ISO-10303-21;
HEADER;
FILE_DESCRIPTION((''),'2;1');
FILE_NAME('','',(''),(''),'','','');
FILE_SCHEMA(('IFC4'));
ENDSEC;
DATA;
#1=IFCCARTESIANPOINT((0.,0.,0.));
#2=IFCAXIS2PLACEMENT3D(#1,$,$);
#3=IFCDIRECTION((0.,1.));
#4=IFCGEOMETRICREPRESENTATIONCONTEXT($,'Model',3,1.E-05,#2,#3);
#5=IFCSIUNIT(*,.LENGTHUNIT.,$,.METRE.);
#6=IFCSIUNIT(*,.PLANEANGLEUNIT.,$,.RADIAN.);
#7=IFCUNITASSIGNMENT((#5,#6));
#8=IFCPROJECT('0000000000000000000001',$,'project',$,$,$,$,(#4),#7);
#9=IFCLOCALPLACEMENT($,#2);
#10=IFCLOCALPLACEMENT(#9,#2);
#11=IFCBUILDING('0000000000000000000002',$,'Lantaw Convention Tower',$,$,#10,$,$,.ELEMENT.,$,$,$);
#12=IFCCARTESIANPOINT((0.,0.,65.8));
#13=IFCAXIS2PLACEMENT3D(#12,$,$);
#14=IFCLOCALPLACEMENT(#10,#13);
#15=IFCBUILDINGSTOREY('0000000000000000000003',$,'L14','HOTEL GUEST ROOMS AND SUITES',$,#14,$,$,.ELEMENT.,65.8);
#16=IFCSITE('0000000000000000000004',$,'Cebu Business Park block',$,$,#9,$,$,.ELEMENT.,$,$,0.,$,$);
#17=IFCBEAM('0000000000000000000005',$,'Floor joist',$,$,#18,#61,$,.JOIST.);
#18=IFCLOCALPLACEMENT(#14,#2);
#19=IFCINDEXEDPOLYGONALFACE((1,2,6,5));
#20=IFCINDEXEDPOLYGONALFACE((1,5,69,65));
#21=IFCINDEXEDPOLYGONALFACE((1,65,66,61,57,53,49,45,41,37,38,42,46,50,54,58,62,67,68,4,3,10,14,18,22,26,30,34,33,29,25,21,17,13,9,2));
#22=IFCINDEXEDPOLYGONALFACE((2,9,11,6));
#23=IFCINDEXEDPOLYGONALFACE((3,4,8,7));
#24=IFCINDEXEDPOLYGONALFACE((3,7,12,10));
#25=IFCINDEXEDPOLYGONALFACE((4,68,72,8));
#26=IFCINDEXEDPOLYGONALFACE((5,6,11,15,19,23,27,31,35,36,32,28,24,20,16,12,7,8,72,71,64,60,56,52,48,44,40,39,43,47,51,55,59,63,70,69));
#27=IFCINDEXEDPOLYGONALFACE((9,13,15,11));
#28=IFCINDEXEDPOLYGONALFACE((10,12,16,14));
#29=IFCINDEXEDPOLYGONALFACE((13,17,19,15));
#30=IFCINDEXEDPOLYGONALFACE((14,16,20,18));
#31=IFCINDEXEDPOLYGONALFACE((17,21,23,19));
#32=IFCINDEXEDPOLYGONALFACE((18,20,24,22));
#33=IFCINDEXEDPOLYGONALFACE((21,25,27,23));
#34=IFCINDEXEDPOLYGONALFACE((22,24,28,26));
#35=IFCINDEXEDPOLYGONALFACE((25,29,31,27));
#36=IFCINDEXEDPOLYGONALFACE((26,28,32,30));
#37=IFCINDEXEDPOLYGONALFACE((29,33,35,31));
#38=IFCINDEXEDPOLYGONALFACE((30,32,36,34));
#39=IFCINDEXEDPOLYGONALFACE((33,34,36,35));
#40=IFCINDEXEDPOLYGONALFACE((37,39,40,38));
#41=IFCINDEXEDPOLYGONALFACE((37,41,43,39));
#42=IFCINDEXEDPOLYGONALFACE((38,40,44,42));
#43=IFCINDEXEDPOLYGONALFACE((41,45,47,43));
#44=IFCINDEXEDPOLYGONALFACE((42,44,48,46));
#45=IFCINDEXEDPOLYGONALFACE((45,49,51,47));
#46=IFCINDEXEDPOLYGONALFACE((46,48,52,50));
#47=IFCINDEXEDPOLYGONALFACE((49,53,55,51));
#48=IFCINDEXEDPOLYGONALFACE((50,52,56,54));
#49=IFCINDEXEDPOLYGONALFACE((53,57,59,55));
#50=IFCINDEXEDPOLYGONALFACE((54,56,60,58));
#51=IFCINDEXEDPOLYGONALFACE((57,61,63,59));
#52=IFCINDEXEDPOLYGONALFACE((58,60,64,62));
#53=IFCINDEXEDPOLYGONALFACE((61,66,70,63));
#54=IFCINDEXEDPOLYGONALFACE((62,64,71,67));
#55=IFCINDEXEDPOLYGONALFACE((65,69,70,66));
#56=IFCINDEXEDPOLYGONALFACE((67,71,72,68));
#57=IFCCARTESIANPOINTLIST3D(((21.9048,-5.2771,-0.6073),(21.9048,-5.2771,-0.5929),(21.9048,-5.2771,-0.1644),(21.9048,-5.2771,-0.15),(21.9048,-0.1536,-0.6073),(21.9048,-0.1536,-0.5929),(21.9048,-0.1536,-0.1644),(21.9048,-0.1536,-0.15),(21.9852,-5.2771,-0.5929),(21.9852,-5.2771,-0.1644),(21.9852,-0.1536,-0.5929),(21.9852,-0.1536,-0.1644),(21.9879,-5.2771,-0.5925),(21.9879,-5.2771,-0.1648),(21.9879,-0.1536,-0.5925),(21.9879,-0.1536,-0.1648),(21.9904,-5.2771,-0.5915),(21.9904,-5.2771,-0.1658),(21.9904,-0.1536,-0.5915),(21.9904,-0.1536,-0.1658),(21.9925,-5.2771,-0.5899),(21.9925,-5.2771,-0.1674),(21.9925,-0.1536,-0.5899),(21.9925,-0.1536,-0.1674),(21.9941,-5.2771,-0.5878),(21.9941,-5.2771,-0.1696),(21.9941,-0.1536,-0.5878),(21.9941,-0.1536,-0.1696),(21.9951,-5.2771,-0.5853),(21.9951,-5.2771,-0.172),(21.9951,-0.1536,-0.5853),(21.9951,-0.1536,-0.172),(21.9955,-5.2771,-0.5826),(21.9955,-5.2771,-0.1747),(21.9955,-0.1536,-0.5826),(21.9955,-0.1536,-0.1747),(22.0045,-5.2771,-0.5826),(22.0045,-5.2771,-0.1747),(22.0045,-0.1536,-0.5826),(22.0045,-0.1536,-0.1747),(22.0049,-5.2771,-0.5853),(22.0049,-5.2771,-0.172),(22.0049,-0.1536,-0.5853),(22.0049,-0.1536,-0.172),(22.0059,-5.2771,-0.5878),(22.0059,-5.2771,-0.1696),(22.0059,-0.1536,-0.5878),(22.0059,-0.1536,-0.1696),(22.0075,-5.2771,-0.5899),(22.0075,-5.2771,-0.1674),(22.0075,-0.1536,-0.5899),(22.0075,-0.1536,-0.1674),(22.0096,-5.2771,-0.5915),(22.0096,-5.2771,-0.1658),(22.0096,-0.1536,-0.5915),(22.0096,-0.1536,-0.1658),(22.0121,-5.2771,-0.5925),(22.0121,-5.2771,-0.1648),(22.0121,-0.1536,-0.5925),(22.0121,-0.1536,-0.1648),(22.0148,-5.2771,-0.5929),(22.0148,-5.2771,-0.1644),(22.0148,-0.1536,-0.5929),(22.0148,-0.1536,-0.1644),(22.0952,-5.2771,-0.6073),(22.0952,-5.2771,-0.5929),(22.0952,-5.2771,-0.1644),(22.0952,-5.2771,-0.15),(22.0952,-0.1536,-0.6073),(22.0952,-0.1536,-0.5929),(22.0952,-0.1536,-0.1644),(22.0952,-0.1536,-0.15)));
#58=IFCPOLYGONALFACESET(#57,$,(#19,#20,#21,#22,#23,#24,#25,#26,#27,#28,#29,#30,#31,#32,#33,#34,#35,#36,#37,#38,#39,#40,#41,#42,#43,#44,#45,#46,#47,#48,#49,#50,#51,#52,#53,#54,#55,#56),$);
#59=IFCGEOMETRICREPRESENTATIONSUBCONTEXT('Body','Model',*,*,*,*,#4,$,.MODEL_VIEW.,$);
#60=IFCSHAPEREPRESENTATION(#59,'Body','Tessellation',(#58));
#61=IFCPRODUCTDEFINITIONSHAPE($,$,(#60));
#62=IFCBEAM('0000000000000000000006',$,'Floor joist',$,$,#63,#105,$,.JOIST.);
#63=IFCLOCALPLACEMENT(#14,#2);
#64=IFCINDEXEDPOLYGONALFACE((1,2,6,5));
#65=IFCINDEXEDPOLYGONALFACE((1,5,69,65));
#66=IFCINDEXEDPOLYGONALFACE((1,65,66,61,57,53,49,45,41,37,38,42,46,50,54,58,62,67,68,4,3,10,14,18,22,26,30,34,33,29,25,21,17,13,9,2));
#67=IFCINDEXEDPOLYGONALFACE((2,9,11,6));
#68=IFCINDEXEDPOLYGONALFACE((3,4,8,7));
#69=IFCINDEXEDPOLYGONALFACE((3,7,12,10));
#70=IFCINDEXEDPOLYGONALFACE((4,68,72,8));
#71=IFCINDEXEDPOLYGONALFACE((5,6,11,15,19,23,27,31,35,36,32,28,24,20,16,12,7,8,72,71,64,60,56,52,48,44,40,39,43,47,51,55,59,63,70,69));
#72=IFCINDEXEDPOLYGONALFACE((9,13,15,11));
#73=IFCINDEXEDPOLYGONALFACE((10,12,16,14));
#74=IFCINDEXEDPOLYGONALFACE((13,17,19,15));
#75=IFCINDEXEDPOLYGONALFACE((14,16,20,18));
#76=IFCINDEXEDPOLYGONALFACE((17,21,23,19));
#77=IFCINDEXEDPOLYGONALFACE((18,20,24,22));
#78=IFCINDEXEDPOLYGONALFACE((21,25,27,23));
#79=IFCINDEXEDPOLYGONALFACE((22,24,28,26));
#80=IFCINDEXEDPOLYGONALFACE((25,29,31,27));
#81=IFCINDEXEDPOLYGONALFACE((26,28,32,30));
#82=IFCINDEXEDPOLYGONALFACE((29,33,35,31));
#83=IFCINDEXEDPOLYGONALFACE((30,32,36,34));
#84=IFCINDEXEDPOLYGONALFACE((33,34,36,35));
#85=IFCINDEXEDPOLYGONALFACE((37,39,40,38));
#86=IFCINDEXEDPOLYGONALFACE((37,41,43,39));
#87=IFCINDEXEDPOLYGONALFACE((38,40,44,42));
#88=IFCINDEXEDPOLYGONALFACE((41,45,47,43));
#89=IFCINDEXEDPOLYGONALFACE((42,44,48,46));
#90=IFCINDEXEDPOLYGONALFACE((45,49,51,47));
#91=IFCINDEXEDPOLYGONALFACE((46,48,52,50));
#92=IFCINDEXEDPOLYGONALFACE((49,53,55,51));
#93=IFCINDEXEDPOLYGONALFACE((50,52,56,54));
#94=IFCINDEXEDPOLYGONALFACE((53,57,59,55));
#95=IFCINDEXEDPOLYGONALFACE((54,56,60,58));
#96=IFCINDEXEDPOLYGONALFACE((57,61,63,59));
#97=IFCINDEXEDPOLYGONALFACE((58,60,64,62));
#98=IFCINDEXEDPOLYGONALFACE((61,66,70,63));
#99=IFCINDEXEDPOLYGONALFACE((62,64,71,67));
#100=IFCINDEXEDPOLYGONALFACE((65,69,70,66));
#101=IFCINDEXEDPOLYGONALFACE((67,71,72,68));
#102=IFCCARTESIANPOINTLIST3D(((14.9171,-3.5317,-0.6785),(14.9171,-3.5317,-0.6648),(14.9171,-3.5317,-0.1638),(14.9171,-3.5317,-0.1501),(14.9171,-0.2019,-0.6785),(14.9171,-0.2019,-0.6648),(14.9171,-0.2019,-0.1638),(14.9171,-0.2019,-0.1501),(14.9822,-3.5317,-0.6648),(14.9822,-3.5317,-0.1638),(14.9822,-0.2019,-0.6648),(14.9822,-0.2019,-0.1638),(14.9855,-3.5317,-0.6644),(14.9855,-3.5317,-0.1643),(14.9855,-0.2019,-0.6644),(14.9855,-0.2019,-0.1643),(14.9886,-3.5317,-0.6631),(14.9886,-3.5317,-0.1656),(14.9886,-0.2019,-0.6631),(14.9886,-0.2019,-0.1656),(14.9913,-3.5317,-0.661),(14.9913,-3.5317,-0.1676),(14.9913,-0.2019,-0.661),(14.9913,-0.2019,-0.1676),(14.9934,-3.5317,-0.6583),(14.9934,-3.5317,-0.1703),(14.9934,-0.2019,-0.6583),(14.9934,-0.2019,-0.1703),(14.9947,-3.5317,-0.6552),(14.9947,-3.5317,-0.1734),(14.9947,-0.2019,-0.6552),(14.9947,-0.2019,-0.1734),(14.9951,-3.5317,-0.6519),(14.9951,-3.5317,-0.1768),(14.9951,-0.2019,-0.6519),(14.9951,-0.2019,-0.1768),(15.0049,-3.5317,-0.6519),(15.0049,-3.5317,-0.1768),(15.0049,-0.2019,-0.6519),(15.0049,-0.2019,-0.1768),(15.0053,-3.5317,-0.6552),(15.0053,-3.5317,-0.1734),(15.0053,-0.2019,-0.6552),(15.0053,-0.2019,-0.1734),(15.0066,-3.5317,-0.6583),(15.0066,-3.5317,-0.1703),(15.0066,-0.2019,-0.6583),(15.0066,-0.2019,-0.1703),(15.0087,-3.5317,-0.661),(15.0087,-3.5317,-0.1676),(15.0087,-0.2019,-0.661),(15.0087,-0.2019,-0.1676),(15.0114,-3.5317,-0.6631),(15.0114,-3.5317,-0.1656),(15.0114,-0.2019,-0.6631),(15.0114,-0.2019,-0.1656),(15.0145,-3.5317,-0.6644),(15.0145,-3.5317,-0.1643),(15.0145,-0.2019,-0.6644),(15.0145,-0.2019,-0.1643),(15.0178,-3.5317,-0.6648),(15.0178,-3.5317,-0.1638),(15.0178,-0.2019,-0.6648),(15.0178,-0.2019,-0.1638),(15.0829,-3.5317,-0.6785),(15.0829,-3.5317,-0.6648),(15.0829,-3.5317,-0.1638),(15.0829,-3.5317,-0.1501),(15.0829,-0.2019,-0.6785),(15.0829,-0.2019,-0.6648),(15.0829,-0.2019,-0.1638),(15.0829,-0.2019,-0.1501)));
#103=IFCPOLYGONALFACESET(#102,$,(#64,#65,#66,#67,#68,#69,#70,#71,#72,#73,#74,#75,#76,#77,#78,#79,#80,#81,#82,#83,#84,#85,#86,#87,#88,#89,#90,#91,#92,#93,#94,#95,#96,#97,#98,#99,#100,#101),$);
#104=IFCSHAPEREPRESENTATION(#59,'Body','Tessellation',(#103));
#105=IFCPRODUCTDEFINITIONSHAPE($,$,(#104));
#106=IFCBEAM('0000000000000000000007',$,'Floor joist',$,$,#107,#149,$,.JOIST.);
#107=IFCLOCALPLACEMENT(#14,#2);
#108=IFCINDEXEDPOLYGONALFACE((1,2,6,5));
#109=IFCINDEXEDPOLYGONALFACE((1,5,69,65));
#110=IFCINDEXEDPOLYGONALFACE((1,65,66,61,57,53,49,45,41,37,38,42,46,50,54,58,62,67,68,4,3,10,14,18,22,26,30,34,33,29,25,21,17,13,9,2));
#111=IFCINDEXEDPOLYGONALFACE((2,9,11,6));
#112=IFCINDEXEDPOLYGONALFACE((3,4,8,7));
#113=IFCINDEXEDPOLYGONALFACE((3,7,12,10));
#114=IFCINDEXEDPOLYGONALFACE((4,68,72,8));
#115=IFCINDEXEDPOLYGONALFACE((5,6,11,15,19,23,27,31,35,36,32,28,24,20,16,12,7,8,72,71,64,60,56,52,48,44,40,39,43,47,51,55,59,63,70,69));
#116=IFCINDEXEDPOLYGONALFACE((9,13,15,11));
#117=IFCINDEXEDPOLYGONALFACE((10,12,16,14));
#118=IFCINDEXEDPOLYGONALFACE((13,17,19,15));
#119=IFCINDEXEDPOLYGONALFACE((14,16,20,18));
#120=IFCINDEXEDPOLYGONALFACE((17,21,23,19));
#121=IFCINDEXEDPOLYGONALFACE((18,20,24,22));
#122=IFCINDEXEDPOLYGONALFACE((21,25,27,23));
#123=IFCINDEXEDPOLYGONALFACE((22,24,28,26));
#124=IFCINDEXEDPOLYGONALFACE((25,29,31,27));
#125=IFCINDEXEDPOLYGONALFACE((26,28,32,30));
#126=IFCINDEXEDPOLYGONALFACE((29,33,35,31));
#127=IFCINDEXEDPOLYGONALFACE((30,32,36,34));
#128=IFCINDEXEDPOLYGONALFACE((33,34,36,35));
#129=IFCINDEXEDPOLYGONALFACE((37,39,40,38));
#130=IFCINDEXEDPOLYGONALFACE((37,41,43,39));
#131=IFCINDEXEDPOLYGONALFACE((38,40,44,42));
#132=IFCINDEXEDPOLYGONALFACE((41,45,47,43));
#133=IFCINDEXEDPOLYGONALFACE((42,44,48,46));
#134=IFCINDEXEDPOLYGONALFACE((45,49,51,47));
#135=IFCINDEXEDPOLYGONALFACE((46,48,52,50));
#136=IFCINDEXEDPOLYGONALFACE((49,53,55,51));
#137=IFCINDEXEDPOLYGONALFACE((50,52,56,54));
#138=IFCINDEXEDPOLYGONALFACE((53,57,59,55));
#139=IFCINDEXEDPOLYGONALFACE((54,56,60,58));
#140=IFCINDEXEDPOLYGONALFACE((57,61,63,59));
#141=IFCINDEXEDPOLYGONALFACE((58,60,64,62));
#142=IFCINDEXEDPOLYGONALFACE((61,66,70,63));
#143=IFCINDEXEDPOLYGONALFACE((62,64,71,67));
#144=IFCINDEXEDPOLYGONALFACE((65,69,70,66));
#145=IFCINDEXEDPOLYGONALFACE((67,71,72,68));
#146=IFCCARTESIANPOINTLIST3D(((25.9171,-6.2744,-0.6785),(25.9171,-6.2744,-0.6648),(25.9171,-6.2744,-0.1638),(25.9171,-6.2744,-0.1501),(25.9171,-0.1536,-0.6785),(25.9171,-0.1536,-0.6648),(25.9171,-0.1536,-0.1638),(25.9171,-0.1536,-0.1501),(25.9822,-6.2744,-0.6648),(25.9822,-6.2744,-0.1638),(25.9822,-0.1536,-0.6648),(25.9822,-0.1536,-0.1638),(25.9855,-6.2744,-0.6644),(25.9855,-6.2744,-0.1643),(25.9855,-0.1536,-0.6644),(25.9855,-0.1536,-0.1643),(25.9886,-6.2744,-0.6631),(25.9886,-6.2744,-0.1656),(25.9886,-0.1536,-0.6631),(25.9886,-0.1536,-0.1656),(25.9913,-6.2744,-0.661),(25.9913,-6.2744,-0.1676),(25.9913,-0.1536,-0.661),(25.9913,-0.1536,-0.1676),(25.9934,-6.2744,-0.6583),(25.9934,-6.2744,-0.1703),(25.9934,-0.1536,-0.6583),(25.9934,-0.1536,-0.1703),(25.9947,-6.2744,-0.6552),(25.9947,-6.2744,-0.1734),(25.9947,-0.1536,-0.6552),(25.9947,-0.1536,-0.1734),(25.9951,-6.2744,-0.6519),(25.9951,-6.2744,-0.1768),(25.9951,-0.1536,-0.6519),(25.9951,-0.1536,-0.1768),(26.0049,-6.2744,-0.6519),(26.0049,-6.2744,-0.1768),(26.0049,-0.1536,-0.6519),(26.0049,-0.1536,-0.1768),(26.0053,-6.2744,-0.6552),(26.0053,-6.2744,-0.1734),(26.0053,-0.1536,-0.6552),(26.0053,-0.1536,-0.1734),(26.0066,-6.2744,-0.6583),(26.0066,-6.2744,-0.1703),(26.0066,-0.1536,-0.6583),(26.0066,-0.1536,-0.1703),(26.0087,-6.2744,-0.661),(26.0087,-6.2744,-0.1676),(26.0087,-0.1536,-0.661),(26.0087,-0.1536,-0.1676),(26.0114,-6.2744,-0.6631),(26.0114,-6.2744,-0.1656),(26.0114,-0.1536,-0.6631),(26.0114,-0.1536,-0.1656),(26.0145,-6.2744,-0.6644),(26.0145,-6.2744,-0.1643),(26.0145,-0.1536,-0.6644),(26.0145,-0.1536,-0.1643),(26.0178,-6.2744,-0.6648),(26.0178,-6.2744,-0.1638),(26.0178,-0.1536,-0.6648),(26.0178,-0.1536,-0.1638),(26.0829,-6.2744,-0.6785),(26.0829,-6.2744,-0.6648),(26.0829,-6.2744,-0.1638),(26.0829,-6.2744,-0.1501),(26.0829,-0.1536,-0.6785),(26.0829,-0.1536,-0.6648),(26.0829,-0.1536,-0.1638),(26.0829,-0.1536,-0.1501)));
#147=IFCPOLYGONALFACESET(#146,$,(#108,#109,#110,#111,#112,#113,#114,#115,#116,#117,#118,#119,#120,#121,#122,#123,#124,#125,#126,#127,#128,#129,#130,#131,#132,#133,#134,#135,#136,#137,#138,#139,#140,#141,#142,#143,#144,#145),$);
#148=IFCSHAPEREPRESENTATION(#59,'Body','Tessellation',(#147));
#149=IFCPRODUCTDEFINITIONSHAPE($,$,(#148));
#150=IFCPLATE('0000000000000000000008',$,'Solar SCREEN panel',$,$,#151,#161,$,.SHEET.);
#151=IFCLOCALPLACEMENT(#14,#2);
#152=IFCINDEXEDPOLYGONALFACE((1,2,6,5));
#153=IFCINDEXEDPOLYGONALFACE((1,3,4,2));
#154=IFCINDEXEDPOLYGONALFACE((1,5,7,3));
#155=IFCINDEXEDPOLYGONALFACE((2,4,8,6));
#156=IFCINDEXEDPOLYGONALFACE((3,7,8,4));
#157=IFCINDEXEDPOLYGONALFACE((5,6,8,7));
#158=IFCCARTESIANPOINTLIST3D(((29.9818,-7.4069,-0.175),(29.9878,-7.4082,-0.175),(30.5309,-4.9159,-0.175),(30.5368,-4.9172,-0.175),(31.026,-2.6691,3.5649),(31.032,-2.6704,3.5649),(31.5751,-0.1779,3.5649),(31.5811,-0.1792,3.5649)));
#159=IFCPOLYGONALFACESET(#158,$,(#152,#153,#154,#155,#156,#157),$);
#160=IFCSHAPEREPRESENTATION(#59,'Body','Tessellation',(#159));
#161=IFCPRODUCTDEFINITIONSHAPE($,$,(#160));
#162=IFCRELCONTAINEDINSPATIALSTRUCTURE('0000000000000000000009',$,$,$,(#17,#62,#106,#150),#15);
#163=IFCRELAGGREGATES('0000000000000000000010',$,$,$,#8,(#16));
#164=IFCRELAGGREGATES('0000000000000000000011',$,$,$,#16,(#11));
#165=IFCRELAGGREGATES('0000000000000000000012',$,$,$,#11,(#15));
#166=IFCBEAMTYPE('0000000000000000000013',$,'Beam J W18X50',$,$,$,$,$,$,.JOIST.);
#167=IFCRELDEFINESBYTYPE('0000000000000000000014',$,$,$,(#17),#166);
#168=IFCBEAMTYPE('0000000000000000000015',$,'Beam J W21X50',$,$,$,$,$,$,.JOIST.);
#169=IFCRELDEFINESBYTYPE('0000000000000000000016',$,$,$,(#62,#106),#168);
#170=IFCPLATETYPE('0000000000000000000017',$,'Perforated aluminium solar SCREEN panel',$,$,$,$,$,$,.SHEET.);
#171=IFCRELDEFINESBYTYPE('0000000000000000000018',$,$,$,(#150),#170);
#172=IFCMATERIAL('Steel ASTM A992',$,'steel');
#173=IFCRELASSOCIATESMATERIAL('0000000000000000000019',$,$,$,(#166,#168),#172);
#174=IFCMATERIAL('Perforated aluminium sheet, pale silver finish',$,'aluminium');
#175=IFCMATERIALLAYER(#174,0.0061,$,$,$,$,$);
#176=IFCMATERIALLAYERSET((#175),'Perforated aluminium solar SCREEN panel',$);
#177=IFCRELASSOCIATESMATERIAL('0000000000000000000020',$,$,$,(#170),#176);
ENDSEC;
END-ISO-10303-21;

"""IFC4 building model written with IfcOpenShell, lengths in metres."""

from ifc_helpers import new_model, si_unit, direction, frame, origin, origin_2d, place, context, subcontext, project, spatial, polyline, i_section, outline, extrude, material, layer, layer_set, material_profile, profile_set, type_object, element, save


model = new_model("IFC4")

# Units and contexts
model_context = context("Model", 3, precision=1e-05, world=origin(), true_north=direction((0.0, 1.0)))
body_context = subcontext(model_context, "Body", "Model", "MODEL_VIEW")
ifc_project = project(units=[si_unit("LENGTHUNIT", "METRE"), si_unit("PLANEANGLEUNIT", "RADIAN")], contexts=[model_context])

# Site, building, storey
site_placement = place(None, origin())
site = spatial("IfcSite", under=ifc_project, at=site_placement, Name="Cebu Business Park block", CompositionType="ELEMENT", RefElevation=0.0)
building_placement = place(site_placement, origin())
building = spatial("IfcBuilding", under=site, at=building_placement, Name="Lantaw Convention Tower", CompositionType="ELEMENT")
storey_placement = place(building_placement, frame((0.0, 0.0, 65.8)))
storey = spatial("IfcBuildingStorey", under=building, at=storey_placement, Name="L14", Description="HOTEL GUEST ROOMS AND SUITES", CompositionType="ELEMENT", Elevation=65.8)

# Beams
ifc_material_1 = material(Name="Steel ASTM A992", Category="steel")
ifc_material_profile_1 = material_profile(ifc_material_1, i_section(OverallWidth=0.1904, OverallDepth=0.4573, WebThickness=0.009, FlangeThickness=0.0144, FilletRadius=0.0103, at=origin_2d()), Name="W18X50")
ifc_profile_set_1 = profile_set([ifc_material_profile_1], Name="Steel ASTM A992")
beam_type_1 = type_object("IfcBeamType", Name="Beam J W18X50", PredefinedType="JOIST", material=ifc_profile_set_1)
beam_1_placement = place(storey_placement, frame((22.0, -5.2771, -0.3787), z_axis=(0.0, 1.0, 0.0), x_axis=(-1.0, 0.0, 0.0)))
element("IfcBeam", 1, at=beam_1_placement, inside=storey, type_object=beam_type_1, Name="Floor joist", PredefinedType="JOIST", context=body_context, shape_type="SweptSolid", body=[
    extrude(i_section(OverallWidth=0.1904, OverallDepth=0.4573, WebThickness=0.009, FlangeThickness=0.0144, FilletRadius=0.0103, at=origin_2d()), origin(), (0.0, 0.0, 1.0), 5.1235),
])
ifc_material_profile_2 = material_profile(ifc_material_1, i_section(OverallWidth=0.1658, OverallDepth=0.5283, WebThickness=0.0098, FlangeThickness=0.0137, FilletRadius=0.0129, at=origin_2d()), Name="W21X50")
ifc_profile_set_2 = profile_set([ifc_material_profile_2], Name="Steel ASTM A992")
beam_type_2 = type_object("IfcBeamType", Name="Beam J W21X50", PredefinedType="JOIST", material=ifc_profile_set_2)
beam_2_placement = place(storey_placement, frame((15.0, -3.5317, -0.4143), z_axis=(0.0, 1.0, 0.0), x_axis=(-1.0, 0.0, 0.0)))
element("IfcBeam", 2, at=beam_2_placement, inside=storey, type_object=beam_type_2, Name="Floor joist", PredefinedType="JOIST", context=body_context, shape_type="SweptSolid", body=[
    extrude(i_section(OverallWidth=0.1658, OverallDepth=0.5283, WebThickness=0.0098, FlangeThickness=0.0137, FilletRadius=0.0129, at=origin_2d()), origin(), (0.0, 0.0, 1.0), 3.3298),
])
beam_3_placement = place(storey_placement, frame((26.0, -6.2744, -0.4143), z_axis=(0.0, 1.0, 0.0), x_axis=(-1.0, 0.0, 0.0)))
element("IfcBeam", 3, at=beam_3_placement, inside=storey, type_object=beam_type_2, Name="Floor joist", PredefinedType="JOIST", context=body_context, shape_type="SweptSolid", body=[
    extrude(i_section(OverallWidth=0.1658, OverallDepth=0.5283, WebThickness=0.0098, FlangeThickness=0.0137, FilletRadius=0.0129, at=origin_2d()), origin(), (0.0, 0.0, 1.0), 6.1208),
])

# Plate
ifc_material_2 = material(Name="Perforated aluminium sheet, pale silver finish", Category="aluminium")
ifc_layer_1 = layer(ifc_material_2, 0.0061)
ifc_layer_set_1 = layer_set([ifc_layer_1], Name="Perforated aluminium solar SCREEN panel")
plate_type = type_object("IfcPlateType", Name="Perforated aluminium solar SCREEN panel", PredefinedType="SHEET", material=ifc_layer_set_1)
plate_placement = place(storey_placement, frame((29.9878, -7.4082, -0.175), z_axis=(0.976559, -0.215248, 0.00003), x_axis=(0.215248, 0.976559, 0.0)))
element("IfcPlate", 4, at=plate_placement, inside=storey, type_object=plate_type, Name="Solar SCREEN panel", PredefinedType="SHEET", context=body_context, shape_type="SweptSolid", body=[
    extrude(outline(polyline([(0.0, 0.0), (2.5508, 0.0), (7.4025, 3.74), (4.8515, 3.74), (0.0, 0.0)])), origin(), (0.0, 0.0, -1.0), 0.0061),
])

save(model, "model.ifc")
